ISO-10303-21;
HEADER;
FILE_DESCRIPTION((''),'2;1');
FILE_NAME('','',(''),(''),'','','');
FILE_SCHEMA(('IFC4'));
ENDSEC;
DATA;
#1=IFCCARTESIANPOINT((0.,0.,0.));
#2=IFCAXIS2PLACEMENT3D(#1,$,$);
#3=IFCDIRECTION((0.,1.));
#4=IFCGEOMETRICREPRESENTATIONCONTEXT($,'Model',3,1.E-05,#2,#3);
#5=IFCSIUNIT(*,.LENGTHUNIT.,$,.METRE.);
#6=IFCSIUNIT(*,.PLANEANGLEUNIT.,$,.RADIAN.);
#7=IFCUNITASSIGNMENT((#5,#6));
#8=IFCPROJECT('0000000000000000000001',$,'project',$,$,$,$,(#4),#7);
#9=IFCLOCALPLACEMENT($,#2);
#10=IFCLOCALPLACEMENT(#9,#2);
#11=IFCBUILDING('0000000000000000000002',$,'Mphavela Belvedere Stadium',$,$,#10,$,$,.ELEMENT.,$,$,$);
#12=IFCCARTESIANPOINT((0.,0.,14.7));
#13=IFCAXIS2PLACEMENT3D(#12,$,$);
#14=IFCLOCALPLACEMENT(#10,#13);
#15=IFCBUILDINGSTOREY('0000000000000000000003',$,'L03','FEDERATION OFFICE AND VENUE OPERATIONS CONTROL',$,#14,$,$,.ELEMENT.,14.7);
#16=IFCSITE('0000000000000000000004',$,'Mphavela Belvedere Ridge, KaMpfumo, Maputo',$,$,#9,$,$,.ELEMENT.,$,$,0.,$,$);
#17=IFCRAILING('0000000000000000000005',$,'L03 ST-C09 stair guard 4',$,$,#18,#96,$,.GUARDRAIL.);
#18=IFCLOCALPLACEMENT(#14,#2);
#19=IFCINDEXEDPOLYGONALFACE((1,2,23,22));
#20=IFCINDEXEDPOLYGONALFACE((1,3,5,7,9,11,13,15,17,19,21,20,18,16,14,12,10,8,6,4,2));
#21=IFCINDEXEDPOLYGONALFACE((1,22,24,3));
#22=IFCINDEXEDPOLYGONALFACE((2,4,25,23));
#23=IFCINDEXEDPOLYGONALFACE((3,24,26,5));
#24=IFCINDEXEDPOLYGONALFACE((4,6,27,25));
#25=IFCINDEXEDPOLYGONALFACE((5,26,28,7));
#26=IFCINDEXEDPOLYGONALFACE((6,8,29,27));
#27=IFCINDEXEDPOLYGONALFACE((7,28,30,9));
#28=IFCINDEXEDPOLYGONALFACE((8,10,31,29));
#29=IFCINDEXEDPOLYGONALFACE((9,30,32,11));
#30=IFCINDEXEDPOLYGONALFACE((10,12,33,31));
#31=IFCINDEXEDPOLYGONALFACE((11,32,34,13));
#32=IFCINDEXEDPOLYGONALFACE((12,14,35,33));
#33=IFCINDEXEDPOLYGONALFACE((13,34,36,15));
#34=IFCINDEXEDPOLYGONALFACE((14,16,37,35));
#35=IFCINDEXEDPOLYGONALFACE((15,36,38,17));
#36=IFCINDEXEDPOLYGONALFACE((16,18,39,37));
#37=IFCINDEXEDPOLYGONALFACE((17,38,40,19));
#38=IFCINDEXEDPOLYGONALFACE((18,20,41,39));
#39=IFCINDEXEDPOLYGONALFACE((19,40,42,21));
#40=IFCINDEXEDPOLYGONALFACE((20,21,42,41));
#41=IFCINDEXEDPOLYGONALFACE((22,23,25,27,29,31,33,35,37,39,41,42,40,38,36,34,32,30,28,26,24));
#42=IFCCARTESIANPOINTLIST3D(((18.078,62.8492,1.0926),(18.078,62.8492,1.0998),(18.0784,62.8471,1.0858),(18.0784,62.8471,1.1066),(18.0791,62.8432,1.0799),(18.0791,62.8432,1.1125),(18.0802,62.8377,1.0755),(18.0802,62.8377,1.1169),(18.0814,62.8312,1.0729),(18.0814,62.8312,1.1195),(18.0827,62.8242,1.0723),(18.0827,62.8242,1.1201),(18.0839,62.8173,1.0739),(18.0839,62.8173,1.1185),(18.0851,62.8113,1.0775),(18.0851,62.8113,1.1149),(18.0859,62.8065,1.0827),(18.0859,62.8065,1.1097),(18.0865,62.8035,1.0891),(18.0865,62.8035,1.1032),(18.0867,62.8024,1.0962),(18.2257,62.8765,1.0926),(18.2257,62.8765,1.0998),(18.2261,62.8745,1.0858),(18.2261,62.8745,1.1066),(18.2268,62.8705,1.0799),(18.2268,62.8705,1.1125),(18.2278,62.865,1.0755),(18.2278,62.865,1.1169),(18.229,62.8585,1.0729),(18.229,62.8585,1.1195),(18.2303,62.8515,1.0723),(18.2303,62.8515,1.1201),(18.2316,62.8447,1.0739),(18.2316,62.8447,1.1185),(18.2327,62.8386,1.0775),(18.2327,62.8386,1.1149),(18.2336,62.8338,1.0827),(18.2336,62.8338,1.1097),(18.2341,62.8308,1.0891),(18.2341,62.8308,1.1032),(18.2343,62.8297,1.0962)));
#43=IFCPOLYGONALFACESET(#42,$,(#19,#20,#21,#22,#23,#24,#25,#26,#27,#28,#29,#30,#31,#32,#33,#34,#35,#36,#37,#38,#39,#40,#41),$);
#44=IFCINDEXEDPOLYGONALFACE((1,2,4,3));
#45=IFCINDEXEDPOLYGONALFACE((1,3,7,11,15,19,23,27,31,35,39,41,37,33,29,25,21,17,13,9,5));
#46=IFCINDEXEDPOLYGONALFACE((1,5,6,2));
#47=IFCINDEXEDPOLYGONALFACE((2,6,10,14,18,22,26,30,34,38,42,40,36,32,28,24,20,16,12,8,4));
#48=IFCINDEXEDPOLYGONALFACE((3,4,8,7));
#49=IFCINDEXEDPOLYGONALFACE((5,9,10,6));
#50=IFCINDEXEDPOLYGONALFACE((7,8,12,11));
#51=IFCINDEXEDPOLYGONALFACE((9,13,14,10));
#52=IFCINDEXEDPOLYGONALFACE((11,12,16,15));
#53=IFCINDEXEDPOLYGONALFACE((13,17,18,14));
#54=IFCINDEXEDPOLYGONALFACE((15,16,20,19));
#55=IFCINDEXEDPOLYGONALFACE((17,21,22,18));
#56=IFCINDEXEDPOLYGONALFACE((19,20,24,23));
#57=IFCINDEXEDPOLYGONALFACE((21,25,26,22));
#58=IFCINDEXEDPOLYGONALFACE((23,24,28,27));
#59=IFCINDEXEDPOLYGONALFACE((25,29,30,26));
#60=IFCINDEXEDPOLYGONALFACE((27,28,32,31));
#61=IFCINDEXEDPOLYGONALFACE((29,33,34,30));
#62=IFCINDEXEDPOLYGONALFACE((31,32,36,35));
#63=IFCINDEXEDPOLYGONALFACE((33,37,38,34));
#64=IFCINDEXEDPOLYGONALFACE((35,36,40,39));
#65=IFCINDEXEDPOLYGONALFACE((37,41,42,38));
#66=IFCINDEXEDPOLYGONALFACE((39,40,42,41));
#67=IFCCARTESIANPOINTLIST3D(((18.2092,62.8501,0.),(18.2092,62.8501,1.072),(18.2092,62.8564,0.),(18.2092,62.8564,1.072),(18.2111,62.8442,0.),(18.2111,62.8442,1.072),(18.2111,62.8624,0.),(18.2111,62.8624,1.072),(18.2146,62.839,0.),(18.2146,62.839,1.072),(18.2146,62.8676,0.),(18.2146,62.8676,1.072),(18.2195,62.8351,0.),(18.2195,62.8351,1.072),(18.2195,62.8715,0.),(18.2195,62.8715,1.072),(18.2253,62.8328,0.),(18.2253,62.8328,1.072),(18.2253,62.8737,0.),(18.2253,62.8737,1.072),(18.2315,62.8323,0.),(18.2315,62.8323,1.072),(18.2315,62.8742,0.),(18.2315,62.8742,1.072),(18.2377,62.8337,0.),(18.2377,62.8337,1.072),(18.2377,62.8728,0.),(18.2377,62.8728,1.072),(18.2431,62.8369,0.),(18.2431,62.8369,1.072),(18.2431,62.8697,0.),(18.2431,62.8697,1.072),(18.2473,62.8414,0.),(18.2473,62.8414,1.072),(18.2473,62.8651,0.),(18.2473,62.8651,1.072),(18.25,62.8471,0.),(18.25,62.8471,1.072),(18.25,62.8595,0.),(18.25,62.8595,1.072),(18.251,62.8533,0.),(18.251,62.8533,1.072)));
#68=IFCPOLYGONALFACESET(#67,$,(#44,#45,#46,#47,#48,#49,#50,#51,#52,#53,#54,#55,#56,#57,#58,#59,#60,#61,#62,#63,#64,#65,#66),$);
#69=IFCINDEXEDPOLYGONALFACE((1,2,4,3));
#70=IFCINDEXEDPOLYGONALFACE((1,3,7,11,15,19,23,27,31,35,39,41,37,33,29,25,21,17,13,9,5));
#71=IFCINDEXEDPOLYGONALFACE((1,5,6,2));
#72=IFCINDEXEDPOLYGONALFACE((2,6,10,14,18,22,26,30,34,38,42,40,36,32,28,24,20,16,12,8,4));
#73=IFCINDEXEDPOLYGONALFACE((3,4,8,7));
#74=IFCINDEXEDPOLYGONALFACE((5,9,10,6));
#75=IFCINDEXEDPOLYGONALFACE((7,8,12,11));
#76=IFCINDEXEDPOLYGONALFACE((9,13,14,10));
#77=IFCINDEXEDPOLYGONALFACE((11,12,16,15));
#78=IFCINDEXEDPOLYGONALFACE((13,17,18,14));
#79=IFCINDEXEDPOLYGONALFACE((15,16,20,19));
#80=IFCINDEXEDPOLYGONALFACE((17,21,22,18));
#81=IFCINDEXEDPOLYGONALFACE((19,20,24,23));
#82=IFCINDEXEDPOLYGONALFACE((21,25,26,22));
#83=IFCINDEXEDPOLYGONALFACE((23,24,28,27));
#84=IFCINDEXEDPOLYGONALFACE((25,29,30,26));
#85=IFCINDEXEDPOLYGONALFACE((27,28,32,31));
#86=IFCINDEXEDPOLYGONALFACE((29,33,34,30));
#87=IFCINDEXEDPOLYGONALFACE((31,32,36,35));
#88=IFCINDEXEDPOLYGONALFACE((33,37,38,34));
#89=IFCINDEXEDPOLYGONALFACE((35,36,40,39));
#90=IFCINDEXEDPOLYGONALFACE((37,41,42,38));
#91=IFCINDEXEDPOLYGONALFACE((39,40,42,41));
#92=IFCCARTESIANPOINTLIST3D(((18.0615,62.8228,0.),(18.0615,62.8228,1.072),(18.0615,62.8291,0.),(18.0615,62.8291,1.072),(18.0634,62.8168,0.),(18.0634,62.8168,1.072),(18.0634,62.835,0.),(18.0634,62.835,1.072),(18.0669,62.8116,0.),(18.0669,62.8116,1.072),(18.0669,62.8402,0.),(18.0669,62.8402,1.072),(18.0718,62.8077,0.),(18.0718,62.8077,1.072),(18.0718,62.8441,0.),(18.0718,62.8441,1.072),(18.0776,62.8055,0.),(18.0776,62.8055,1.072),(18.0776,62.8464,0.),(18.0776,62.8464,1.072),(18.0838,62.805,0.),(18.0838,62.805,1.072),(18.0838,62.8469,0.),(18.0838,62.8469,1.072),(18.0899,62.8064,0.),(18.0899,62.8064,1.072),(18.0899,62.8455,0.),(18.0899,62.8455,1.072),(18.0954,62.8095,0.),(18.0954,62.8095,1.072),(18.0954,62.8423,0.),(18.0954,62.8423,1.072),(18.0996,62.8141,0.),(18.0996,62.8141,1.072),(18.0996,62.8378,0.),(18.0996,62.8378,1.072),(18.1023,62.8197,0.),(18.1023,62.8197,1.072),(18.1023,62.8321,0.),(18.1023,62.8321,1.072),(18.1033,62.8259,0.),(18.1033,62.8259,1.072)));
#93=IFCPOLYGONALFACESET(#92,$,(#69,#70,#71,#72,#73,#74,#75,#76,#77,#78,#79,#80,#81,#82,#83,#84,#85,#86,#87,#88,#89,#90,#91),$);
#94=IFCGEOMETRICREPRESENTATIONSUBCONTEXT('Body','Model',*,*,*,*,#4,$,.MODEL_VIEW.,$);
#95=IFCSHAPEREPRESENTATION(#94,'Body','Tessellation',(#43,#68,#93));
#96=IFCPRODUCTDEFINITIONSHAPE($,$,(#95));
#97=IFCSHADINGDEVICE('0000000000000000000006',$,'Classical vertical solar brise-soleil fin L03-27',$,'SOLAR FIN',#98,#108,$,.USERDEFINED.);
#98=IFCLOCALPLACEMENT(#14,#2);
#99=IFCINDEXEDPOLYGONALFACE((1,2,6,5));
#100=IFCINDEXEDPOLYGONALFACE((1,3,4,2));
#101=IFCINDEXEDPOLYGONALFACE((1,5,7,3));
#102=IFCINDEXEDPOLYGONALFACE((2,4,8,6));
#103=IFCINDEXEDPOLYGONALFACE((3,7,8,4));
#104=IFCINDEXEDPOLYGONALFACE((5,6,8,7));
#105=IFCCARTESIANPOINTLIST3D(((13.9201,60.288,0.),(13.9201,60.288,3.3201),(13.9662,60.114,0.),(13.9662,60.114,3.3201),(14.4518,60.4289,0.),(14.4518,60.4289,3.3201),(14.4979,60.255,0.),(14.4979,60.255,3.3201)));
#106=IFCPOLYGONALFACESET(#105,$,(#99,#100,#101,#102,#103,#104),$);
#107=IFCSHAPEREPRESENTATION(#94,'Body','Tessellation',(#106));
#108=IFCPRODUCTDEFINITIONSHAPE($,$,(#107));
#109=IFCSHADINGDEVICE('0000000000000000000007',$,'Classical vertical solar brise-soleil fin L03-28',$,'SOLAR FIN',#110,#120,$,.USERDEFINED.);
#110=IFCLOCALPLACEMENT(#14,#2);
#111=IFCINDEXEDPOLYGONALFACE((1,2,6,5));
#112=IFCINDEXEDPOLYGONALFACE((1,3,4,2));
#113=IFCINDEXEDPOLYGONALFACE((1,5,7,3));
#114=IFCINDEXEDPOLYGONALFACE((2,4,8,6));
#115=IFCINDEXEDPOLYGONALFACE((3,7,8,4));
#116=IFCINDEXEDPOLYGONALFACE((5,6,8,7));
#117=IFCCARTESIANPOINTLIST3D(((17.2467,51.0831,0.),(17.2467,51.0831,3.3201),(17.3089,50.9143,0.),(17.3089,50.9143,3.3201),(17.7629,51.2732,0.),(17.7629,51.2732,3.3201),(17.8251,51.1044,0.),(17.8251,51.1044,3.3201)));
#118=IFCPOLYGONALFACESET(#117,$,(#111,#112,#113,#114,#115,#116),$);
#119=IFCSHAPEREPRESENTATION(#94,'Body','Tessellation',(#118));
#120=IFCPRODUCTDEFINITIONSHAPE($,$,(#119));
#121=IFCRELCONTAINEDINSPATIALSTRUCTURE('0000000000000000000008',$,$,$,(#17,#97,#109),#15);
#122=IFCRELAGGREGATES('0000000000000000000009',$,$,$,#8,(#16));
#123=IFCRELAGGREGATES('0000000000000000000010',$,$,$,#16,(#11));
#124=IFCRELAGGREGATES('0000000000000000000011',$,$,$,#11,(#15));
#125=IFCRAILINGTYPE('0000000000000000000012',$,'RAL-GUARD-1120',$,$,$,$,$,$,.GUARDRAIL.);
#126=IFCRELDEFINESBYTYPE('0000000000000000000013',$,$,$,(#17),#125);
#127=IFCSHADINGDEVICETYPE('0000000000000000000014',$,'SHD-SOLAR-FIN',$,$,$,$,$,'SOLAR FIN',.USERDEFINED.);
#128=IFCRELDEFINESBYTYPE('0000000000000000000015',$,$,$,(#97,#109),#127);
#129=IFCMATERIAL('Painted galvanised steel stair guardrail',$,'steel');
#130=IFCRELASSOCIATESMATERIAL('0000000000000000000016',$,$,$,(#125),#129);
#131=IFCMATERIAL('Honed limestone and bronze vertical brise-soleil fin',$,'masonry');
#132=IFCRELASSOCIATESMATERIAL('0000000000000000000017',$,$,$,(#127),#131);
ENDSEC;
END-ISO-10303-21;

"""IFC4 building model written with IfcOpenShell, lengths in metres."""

from ifc_helpers import new_model, si_unit, direction, frame, origin, origin_2d, place, context, subcontext, project, spatial, rectangle, circle, extrude, material, type_object, element, save


model = new_model("IFC4")

# Units and contexts
model_context = context("Model", 3, precision=1e-05, world=origin(), true_north=direction((0.0, 1.0)))
body_context = subcontext(model_context, "Body", "Model", "MODEL_VIEW")
ifc_project = project(units=[si_unit("LENGTHUNIT", "METRE"), si_unit("PLANEANGLEUNIT", "RADIAN")], contexts=[model_context])

# Site, building, storey
site_placement = place(None, origin())
site = spatial("IfcSite", under=ifc_project, at=site_placement, Name="Mphavela Belvedere Ridge, KaMpfumo, Maputo", CompositionType="ELEMENT", RefElevation=0.0)
building_placement = place(site_placement, origin())
building = spatial("IfcBuilding", under=site, at=building_placement, Name="Mphavela Belvedere Stadium", CompositionType="ELEMENT")
storey_placement = place(building_placement, frame((0.0, 0.0, 14.7)))
storey = spatial("IfcBuildingStorey", under=building, at=storey_placement, Name="L03", Description="FEDERATION OFFICE AND VENUE OPERATIONS CONTROL", CompositionType="ELEMENT", Elevation=14.7)

# Railing
ifc_material_1 = material(Name="Painted galvanised steel stair guardrail", Category="steel")
railing_type_1 = type_object("IfcRailingType", Name="RAL-GUARD-1120", PredefinedType="GUARDRAIL", material=ifc_material_1)
railing_1_placement = place(storey_placement, frame((18.23, 62.8533, 0.0)))
element("IfcRailing", 1, at=railing_1_placement, inside=storey, type_object=railing_type_1, Name="L03 ST-C09 stair guard 4", PredefinedType="GUARDRAIL", context=body_context, shape_type="SweptSolid", body=[
    extrude(circle(Radius=0.0239, at=origin_2d()), frame((0.0, 0.0, 1.0962), z_axis=(-0.983293, -0.182031, 0.0), x_axis=(0.182031, -0.983293, 0.0)), (0.0, 0.0, 1.0), 0.1501),
    extrude(circle(Radius=0.021, at=origin_2d()), origin(), (0.0, 0.0, 1.0), 1.072),
    extrude(circle(Radius=0.021, at=origin_2d()), frame((-0.1477, -0.0273, 0.0)), (0.0, 0.0, 1.0), 1.072),
])

# Shading devices
ifc_material_2 = material(Name="Honed limestone and bronze vertical brise-soleil fin", Category="masonry")
shading_device_type = type_object("IfcShadingDeviceType", Name="SHD-SOLAR-FIN", ElementType="SOLAR FIN", PredefinedType="USERDEFINED", material=ifc_material_2)
for number, where, z_axis, x_axis, name in (
    (2, (14.209, 60.2715, 0.0), (0.0, 0.0, 1.0), (-0.9666, -0.256289, 0.0), "Classical vertical solar brise-soleil fin L03-27"),
    (3, (17.5359, 51.0938, 0.0), (0.0, 0.0, 1.0), (-0.938372, -0.345626, 0.0), "Classical vertical solar brise-soleil fin L03-28"),
):
    element("IfcShadingDevice", number, at=place(storey_placement, frame(where, z_axis=z_axis, x_axis=x_axis)), inside=storey, type_object=shading_device_type, Name=name, ObjectType="SOLAR FIN", PredefinedType="USERDEFINED", context=body_context, shape_type="SweptSolid", body=[
        extrude(rectangle(XDim=0.55, YDim=0.1799, at=origin_2d()), origin(), (0.0, 0.0, 1.0), 3.3201),
    ])

save(model, "model.ifc")
